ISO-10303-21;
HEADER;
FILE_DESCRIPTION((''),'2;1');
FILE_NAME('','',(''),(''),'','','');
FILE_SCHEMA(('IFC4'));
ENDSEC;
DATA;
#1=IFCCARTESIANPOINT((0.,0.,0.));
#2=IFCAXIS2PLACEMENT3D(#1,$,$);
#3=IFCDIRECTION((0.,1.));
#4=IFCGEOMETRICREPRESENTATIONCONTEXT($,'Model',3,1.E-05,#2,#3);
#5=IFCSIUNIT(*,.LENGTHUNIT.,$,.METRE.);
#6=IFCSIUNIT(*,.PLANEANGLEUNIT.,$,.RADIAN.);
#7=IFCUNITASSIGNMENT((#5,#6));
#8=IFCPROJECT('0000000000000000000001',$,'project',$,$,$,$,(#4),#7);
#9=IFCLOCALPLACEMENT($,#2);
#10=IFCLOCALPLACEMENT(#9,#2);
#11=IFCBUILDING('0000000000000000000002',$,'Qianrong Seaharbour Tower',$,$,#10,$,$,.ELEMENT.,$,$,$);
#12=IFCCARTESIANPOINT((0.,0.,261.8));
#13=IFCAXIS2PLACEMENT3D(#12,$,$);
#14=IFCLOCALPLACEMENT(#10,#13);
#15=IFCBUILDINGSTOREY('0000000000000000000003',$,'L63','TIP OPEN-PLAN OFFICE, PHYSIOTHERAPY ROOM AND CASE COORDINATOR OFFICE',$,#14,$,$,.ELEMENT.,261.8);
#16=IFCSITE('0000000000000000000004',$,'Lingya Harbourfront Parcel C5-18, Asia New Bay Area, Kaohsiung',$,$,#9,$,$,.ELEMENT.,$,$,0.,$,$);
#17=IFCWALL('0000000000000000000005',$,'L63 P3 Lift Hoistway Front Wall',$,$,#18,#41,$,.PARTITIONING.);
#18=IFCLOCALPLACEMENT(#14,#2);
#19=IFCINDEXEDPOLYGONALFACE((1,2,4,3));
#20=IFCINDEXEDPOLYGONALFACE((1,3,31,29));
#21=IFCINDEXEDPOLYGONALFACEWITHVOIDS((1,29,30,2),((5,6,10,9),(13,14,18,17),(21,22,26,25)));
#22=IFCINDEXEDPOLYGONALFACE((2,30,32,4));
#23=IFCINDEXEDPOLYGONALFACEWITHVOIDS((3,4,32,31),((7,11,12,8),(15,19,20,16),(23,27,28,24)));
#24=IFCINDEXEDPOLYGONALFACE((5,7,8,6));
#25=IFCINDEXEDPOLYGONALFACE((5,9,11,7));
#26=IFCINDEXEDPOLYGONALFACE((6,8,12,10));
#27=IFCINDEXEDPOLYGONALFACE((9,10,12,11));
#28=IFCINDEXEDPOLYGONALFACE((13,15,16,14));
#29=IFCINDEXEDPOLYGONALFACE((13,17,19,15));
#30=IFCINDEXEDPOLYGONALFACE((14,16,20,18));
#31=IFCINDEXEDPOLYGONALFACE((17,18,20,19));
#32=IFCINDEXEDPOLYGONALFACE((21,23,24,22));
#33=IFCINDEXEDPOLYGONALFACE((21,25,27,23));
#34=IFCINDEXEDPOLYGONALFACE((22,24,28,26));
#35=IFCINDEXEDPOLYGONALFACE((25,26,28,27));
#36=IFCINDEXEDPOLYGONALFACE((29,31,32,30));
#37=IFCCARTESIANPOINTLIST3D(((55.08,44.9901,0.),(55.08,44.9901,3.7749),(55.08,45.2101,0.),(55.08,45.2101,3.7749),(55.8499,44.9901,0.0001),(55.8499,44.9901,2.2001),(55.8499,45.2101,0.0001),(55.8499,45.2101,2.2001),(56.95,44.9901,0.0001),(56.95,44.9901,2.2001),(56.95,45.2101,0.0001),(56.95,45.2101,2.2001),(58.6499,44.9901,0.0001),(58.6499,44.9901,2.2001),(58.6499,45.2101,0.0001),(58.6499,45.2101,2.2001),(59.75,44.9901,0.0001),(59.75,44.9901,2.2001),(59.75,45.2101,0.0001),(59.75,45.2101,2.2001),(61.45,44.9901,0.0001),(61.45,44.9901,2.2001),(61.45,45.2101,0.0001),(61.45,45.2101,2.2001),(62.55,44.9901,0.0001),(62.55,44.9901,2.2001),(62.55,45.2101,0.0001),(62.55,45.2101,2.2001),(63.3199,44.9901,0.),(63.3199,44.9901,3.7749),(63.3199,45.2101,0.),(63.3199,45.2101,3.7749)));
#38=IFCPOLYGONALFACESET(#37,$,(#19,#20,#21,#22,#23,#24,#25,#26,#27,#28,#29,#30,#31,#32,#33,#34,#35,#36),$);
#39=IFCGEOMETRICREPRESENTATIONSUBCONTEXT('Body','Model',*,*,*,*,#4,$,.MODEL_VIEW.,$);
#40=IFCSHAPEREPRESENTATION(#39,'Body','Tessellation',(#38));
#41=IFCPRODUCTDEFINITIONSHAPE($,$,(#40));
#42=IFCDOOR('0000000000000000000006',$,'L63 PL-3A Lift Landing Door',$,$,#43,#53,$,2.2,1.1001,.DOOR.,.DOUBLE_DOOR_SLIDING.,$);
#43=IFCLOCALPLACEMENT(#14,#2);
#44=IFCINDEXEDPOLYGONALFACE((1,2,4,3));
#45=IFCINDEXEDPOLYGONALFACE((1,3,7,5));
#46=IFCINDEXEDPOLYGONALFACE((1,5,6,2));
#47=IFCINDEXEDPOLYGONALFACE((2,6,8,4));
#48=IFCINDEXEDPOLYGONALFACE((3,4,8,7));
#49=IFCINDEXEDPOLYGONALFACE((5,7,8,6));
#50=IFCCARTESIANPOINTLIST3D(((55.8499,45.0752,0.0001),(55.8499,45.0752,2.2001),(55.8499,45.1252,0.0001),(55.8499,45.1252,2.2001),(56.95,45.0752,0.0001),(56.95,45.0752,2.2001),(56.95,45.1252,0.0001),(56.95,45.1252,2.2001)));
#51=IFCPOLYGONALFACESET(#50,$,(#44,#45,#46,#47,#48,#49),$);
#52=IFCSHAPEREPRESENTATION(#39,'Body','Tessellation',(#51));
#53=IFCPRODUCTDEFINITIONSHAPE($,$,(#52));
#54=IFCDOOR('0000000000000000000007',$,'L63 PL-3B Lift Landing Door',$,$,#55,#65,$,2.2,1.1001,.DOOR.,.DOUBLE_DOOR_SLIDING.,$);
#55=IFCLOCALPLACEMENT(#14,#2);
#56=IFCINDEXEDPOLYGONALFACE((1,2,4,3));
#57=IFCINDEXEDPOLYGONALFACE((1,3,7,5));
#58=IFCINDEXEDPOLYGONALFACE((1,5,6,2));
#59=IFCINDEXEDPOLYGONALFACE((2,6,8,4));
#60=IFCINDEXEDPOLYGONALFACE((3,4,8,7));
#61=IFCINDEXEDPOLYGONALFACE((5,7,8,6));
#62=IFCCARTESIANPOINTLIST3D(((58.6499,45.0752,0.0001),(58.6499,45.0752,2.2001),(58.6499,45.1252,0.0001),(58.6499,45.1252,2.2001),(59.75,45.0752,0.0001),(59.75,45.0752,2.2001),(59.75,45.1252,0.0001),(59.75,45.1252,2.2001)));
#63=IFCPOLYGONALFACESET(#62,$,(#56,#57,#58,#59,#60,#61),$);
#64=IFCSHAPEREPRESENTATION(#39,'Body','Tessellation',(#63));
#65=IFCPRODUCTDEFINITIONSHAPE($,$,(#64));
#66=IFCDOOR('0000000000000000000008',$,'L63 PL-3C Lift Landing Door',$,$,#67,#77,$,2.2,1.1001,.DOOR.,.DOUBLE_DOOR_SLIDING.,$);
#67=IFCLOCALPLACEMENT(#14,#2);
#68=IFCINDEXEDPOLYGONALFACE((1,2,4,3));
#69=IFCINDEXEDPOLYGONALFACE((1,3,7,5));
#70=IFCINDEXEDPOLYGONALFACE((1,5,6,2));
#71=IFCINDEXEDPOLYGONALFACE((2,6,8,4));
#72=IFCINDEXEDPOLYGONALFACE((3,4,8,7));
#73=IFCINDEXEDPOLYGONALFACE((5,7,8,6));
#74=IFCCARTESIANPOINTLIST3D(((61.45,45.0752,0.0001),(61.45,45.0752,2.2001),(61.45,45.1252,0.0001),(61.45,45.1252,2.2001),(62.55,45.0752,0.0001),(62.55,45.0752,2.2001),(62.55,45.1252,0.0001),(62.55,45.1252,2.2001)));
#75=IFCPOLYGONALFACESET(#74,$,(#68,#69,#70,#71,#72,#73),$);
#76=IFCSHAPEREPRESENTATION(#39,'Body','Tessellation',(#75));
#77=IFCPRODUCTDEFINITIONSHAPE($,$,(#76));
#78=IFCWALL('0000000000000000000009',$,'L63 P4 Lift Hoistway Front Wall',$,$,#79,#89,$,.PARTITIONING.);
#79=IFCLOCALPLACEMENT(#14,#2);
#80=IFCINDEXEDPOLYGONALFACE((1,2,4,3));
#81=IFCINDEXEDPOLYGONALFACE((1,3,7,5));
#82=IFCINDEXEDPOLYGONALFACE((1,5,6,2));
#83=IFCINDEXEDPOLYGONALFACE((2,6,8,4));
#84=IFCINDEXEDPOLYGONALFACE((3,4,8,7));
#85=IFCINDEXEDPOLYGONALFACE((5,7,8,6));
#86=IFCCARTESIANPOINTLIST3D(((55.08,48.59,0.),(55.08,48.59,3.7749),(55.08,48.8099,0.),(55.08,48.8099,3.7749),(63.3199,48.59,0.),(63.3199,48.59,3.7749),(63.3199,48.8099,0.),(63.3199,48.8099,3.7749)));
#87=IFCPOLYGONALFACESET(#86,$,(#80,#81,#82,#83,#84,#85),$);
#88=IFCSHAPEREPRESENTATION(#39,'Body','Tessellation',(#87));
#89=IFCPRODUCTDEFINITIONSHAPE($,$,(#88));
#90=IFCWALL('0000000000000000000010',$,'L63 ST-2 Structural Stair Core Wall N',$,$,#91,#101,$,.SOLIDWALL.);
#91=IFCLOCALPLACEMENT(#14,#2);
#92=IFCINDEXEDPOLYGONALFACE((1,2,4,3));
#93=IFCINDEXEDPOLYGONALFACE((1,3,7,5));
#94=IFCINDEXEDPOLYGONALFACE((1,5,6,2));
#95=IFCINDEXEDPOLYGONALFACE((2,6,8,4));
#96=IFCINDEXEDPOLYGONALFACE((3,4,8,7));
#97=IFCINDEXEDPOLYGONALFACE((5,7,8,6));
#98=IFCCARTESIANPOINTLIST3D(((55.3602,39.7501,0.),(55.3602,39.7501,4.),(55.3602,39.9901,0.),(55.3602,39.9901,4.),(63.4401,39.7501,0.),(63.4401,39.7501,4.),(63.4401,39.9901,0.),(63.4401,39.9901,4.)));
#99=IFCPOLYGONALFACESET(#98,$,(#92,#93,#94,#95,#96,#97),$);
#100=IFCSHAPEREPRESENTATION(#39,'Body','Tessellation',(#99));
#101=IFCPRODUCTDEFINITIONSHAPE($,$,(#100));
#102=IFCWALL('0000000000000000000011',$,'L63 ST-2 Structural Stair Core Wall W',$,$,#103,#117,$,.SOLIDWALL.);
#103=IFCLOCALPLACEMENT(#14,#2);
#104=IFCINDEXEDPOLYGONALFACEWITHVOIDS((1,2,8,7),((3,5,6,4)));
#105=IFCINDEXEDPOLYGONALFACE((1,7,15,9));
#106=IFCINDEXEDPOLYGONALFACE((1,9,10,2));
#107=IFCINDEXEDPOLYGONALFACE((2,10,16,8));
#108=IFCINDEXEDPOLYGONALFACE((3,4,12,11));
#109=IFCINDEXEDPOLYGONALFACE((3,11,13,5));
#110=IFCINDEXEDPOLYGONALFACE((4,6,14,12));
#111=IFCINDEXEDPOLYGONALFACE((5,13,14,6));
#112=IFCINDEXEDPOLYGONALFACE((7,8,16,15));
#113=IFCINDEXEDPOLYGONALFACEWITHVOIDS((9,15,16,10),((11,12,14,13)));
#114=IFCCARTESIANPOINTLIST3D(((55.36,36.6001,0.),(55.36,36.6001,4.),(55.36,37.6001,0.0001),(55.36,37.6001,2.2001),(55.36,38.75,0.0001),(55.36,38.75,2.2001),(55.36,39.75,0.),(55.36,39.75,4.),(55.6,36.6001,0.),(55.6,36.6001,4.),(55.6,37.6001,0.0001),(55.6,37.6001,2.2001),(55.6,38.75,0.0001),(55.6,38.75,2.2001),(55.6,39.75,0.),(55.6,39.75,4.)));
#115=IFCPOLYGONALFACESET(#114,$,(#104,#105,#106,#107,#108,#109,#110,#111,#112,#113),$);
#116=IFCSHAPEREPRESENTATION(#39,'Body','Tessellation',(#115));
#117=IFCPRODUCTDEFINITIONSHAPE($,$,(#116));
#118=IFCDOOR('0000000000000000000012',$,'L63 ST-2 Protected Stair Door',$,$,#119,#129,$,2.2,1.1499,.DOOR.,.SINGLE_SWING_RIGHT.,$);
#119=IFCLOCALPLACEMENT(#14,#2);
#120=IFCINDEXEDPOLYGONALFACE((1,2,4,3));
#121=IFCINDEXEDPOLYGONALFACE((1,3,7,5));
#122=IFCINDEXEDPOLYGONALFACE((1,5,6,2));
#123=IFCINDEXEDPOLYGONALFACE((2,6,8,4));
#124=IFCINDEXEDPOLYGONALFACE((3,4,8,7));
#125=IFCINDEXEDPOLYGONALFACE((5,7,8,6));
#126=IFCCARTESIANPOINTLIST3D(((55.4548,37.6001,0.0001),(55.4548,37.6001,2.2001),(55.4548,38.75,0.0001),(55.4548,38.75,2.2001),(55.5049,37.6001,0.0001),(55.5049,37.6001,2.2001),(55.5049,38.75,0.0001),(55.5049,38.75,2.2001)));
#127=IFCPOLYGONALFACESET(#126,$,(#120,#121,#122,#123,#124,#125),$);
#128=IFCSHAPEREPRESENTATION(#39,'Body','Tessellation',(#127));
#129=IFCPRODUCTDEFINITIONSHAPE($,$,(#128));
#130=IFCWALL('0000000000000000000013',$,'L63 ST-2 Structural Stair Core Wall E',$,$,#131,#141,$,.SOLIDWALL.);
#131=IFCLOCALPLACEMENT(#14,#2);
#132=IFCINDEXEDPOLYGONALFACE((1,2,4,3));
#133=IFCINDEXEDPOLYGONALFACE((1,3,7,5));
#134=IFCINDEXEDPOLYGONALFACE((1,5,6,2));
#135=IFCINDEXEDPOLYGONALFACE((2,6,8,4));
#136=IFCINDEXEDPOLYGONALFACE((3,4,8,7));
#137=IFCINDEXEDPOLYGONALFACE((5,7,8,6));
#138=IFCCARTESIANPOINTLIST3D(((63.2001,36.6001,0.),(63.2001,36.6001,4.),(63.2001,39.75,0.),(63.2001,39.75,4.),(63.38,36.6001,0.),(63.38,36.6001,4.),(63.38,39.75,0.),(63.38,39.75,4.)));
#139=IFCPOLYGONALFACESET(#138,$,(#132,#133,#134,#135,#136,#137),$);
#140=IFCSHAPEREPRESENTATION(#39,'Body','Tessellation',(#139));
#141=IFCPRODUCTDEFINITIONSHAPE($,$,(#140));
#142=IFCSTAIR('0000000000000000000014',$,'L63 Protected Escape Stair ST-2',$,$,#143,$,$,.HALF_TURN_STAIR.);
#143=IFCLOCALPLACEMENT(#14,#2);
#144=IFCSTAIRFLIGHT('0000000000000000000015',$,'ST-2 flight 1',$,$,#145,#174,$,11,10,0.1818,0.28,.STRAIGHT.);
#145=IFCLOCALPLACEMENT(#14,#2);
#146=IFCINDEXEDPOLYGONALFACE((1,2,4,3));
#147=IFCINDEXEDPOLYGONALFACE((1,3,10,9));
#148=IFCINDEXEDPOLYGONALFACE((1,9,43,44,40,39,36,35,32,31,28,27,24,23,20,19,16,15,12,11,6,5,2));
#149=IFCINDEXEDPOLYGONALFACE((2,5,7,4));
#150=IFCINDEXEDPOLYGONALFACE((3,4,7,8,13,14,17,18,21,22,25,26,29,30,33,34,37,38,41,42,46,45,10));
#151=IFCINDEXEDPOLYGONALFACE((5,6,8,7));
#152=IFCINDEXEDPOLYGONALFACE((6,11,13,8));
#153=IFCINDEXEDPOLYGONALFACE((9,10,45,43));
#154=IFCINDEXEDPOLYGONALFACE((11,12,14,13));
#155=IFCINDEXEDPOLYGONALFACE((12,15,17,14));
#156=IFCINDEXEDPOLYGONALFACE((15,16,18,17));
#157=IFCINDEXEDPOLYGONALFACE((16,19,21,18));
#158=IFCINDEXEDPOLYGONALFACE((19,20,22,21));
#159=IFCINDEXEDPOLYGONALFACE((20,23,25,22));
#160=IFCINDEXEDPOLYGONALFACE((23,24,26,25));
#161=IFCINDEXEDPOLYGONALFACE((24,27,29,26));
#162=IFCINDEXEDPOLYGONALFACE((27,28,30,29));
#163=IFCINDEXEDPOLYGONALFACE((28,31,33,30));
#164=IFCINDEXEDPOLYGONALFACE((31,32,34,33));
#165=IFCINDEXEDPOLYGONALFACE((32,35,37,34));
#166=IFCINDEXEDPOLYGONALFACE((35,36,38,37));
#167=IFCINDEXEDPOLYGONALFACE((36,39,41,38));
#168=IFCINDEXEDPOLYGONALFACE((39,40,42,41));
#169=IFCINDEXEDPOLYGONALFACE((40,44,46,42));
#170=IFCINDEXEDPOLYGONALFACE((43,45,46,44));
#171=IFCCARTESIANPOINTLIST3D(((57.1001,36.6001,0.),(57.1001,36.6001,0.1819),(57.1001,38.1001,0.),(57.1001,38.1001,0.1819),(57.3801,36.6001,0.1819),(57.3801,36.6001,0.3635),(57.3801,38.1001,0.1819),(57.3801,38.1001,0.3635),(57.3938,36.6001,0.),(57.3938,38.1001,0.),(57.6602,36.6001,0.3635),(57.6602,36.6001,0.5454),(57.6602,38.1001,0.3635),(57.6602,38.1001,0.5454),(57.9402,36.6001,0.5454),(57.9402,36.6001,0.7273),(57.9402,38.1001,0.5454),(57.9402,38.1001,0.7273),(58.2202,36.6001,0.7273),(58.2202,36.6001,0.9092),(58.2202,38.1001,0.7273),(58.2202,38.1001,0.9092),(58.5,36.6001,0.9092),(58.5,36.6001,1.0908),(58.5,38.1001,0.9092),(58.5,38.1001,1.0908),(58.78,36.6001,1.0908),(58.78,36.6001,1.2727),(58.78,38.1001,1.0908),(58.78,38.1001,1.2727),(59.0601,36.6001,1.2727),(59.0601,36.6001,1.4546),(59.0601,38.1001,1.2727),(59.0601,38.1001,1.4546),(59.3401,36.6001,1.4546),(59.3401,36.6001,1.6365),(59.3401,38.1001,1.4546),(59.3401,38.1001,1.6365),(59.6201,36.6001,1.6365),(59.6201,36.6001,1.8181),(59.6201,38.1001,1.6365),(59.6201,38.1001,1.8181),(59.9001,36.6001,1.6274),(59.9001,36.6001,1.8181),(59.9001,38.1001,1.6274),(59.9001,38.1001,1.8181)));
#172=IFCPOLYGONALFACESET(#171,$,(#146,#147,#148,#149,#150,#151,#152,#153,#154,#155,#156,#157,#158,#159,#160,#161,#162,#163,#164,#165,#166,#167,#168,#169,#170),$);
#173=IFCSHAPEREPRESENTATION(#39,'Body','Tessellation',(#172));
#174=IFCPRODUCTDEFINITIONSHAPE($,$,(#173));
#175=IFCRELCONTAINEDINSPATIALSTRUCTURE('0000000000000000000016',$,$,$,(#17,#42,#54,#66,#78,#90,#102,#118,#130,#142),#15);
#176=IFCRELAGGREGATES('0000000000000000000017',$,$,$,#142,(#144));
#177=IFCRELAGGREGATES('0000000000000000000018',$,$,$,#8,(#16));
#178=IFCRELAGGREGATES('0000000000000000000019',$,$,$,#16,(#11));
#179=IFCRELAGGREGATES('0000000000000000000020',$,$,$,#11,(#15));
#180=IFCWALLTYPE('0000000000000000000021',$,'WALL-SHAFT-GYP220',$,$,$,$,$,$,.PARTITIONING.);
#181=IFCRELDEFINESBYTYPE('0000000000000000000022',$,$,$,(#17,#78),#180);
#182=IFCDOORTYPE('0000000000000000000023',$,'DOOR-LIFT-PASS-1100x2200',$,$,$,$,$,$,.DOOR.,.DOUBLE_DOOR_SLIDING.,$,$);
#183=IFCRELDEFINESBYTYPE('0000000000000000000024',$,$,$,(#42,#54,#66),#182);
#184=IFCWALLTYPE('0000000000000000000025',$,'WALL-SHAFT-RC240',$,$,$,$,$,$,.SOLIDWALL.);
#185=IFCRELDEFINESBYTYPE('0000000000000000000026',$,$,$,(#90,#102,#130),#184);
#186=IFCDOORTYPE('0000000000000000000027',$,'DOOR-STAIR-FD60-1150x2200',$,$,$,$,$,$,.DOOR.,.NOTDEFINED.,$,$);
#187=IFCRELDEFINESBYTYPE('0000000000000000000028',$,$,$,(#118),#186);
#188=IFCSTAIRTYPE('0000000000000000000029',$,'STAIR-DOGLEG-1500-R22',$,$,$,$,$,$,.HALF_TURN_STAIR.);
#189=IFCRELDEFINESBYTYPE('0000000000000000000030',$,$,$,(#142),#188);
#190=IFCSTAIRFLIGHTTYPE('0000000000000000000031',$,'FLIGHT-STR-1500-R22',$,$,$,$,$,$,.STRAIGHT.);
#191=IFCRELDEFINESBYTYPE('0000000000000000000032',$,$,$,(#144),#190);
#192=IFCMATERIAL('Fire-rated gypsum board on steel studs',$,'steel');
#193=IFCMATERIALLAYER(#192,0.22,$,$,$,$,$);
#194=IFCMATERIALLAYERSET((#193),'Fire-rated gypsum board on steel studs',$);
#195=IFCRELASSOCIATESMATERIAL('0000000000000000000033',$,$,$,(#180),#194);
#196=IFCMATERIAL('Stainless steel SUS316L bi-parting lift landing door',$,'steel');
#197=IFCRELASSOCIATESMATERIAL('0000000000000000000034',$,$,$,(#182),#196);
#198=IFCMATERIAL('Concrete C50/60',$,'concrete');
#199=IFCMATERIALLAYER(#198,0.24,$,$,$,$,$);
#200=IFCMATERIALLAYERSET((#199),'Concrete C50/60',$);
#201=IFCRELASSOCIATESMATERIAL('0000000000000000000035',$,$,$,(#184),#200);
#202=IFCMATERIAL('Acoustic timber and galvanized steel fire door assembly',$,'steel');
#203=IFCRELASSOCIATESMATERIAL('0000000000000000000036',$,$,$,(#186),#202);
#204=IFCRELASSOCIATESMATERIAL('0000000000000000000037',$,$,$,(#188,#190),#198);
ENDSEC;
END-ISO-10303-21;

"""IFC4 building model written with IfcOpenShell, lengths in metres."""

from ifc_helpers import new_model, si_unit, direction, frame, frame_2d, origin, place, context, subcontext, project, spatial, polyline, rectangle, outline, extrude, material, layer, layer_set, type_object, element, fill, aggregate, save


model = new_model("IFC4")

# Units and contexts
model_context = context("Model", 3, precision=1e-05, world=origin(), true_north=direction((0.0, 1.0)))
body_context = subcontext(model_context, "Body", "Model", "MODEL_VIEW")
ifc_project = project(units=[si_unit("LENGTHUNIT", "METRE"), si_unit("PLANEANGLEUNIT", "RADIAN")], contexts=[model_context])

# Site, building, storey
site_placement = place(None, origin())
site = spatial("IfcSite", under=ifc_project, at=site_placement, Name="Lingya Harbourfront Parcel C5-18, Asia New Bay Area, Kaohsiung", CompositionType="ELEMENT", RefElevation=0.0)
building_placement = place(site_placement, origin())
building = spatial("IfcBuilding", under=site, at=building_placement, Name="Qianrong Seaharbour Tower", CompositionType="ELEMENT")
storey_placement = place(building_placement, frame((0.0, 0.0, 261.8)))
storey = spatial("IfcBuildingStorey", under=building, at=storey_placement, Name="L63", Description="TIP OPEN-PLAN OFFICE, PHYSIOTHERAPY ROOM AND CASE COORDINATOR OFFICE", CompositionType="ELEMENT", Elevation=261.8)

# Shared definitions
ifc_material_1 = material(Name="Acoustic timber and galvanized steel fire door assembly", Category="steel")

# Shared definitions
ifc_material_2 = material(Name="Fire-rated gypsum board on steel studs", Category="steel")

# Wall, openings, doors
ifc_layer_1 = layer(ifc_material_2, 0.22)
ifc_layer_set_1 = layer_set([ifc_layer_1], Name="Fire-rated gypsum board on steel studs")
wall_type_1 = type_object("IfcWallType", Name="WALL-SHAFT-GYP220", PredefinedType="PARTITIONING", material=ifc_layer_set_1)
wall_1_placement = place(storey_placement, frame((63.3201, 45.1001, 0.0), z_axis=(0.0, 0.0, 1.0), x_axis=(-1.0, 0.0, 0.0)))
wall_1 = element("IfcWall", 1, at=wall_1_placement, inside=storey, type_object=wall_type_1, Name="L63 P3 Lift Hoistway Front Wall", PredefinedType="PARTITIONING", context=body_context, shape_type="SweptSolid", body=[
    extrude(rectangle(XDim=8.24, YDim=0.22, at=frame_2d((4.1201, 0.0))), origin(), (0.0, 0.0, 1.0), 3.7749),
])
opening_1_placement = place(wall_1_placement, frame((6.3701, 0.0, 0.0)))
opening_1 = element("IfcOpeningElement", 2, at=opening_1_placement, cuts=wall_1, PredefinedType="OPENING", context=body_context, shape_type="SweptSolid", body=[
    extrude(rectangle(XDim=1.1001, YDim=2.2, at=frame_2d((0.55, 1.1001))), frame((0.0, 0.1201, 0.0), z_axis=(0.0, -1.0, 0.0), x_axis=(1.0, 0.0, 0.0)), (0.0, 0.0, 1.0), 0.24),
])
opening_2_placement = place(wall_1_placement, frame((3.5701, 0.0, 0.0)))
opening_2 = element("IfcOpeningElement", 3, at=opening_2_placement, cuts=wall_1, PredefinedType="OPENING", context=body_context, shape_type="SweptSolid", body=[
    extrude(rectangle(XDim=1.1001, YDim=2.2, at=frame_2d((0.55, 1.1001))), frame((0.0, 0.1201, 0.0), z_axis=(0.0, -1.0, 0.0), x_axis=(1.0, 0.0, 0.0)), (0.0, 0.0, 1.0), 0.24),
])
opening_3_placement = place(wall_1_placement, frame((0.77, 0.0, 0.0)))
opening_3 = element("IfcOpeningElement", 4, at=opening_3_placement, cuts=wall_1, PredefinedType="OPENING", context=body_context, shape_type="SweptSolid", body=[
    extrude(rectangle(XDim=1.1001, YDim=2.2, at=frame_2d((0.55, 1.1001))), frame((0.0, 0.1201, 0.0), z_axis=(0.0, -1.0, 0.0), x_axis=(1.0, 0.0, 0.0)), (0.0, 0.0, 1.0), 0.24),
])
ifc_material_3 = material(Name="Stainless steel SUS316L bi-parting lift landing door", Category="steel")
door_type_1 = type_object("IfcDoorType", Name="DOOR-LIFT-PASS-1100x2200", OperationType="DOUBLE_DOOR_SLIDING", PredefinedType="DOOR", material=ifc_material_3)
door_1_placement = place(opening_1_placement, origin())
door_1 = element("IfcDoor", 5, at=door_1_placement, inside=storey, type_object=door_type_1, Name="L63 PL-3A Lift Landing Door", OperationType="DOUBLE_DOOR_SLIDING", OverallHeight=2.2, OverallWidth=1.1001, PredefinedType="DOOR", context=body_context, shape_type="SweptSolid", body=[
    extrude(rectangle(XDim=1.1001, YDim=2.2, at=frame_2d((0.55, 1.1001))), frame((0.0, 0.0249, 0.0), z_axis=(0.0, -1.0, 0.0), x_axis=(1.0, 0.0, 0.0)), (0.0, 0.0, 1.0), 0.05),
])
fill(opening_1, door_1)
door_2_placement = place(opening_2_placement, origin())
door_2 = element("IfcDoor", 6, at=door_2_placement, inside=storey, type_object=door_type_1, Name="L63 PL-3B Lift Landing Door", OperationType="DOUBLE_DOOR_SLIDING", OverallHeight=2.2, OverallWidth=1.1001, PredefinedType="DOOR", context=body_context, shape_type="SweptSolid", body=[
    extrude(rectangle(XDim=1.1001, YDim=2.2, at=frame_2d((0.55, 1.1001))), frame((0.0, 0.0249, 0.0), z_axis=(0.0, -1.0, 0.0), x_axis=(1.0, 0.0, 0.0)), (0.0, 0.0, 1.0), 0.05),
])
fill(opening_2, door_2)
door_3_placement = place(opening_3_placement, origin())
door_3 = element("IfcDoor", 7, at=door_3_placement, inside=storey, type_object=door_type_1, Name="L63 PL-3C Lift Landing Door", OperationType="DOUBLE_DOOR_SLIDING", OverallHeight=2.2, OverallWidth=1.1001, PredefinedType="DOOR", context=body_context, shape_type="SweptSolid", body=[
    extrude(rectangle(XDim=1.1001, YDim=2.2, at=frame_2d((0.55, 1.1001))), frame((0.0, 0.0249, 0.0), z_axis=(0.0, -1.0, 0.0), x_axis=(1.0, 0.0, 0.0)), (0.0, 0.0, 1.0), 0.05),
])
fill(opening_3, door_3)

# Walls
wall_2_placement = place(storey_placement, frame((63.3201, 48.7, 0.0), z_axis=(0.0, 0.0, 1.0), x_axis=(-1.0, 0.0, 0.0)))
element("IfcWall", 8, at=wall_2_placement, inside=storey, type_object=wall_type_1, Name="L63 P4 Lift Hoistway Front Wall", PredefinedType="PARTITIONING", context=body_context, shape_type="SweptSolid", body=[
    extrude(rectangle(XDim=8.24, YDim=0.22, at=frame_2d((4.1201, 0.0))), origin(), (0.0, 0.0, 1.0), 3.7749),
])
ifc_material_4 = material(Name="Concrete C50/60", Category="concrete")
ifc_layer_2 = layer(ifc_material_4, 0.24)
ifc_layer_set_2 = layer_set([ifc_layer_2], Name="Concrete C50/60")
wall_type_2 = type_object("IfcWallType", Name="WALL-SHAFT-RC240", PredefinedType="SOLIDWALL", material=ifc_layer_set_2)
wall_3_placement = place(storey_placement, frame((55.3601, 39.8701, 0.0), z_axis=(0.0, 0.0, 1.0), x_axis=(1.0, 0.0, 0.0)))
element("IfcWall", 9, at=wall_3_placement, inside=storey, type_object=wall_type_2, Name="L63 ST-2 Structural Stair Core Wall N", PredefinedType="SOLIDWALL", context=body_context, shape_type="SweptSolid", body=[
    extrude(rectangle(XDim=8.0798, YDim=0.24, at=frame_2d((4.04, 0.0))), origin(), (0.0, 0.0, 1.0), 4.0),
])

# Wall, opening, door
wall_4_placement = place(storey_placement, frame((55.48, 39.75, 0.0), z_axis=(0.0, 0.0, 1.0), x_axis=(0.0, -1.0, 0.0)))
wall_4 = element("IfcWall", 10, at=wall_4_placement, inside=storey, type_object=wall_type_2, Name="L63 ST-2 Structural Stair Core Wall W", PredefinedType="SOLIDWALL", context=body_context, shape_type="SweptSolid", body=[
    extrude(rectangle(XDim=3.1499, YDim=0.24, at=frame_2d((1.575, 0.0))), origin(), (0.0, 0.0, 1.0), 4.0),
])
opening_4_placement = place(wall_4_placement, frame((1.0, 0.0, 0.0)))
opening_4 = element("IfcOpeningElement", 11, at=opening_4_placement, cuts=wall_4, PredefinedType="OPENING", context=body_context, shape_type="SweptSolid", body=[
    extrude(rectangle(XDim=1.1499, YDim=2.2, at=frame_2d((0.575, 1.1001))), frame((0.0, 0.1299, 0.0), z_axis=(0.0, -1.0, 0.0), x_axis=(1.0, 0.0, 0.0)), (0.0, 0.0, 1.0), 0.26),
])
door_type_2 = type_object("IfcDoorType", Name="DOOR-STAIR-FD60-1150x2200", OperationType="NOTDEFINED", PredefinedType="DOOR", material=ifc_material_1)
door_4_placement = place(opening_4_placement, origin())
door_4 = element("IfcDoor", 12, at=door_4_placement, inside=storey, type_object=door_type_2, Name="L63 ST-2 Protected Stair Door", OperationType="SINGLE_SWING_RIGHT", OverallHeight=2.2, OverallWidth=1.1499, PredefinedType="DOOR", context=body_context, shape_type="SweptSolid", body=[
    extrude(rectangle(XDim=1.1499, YDim=2.2, at=frame_2d((0.575, 1.1001))), frame((0.0, 0.0249, 0.0), z_axis=(0.0, -1.0, 0.0), x_axis=(1.0, 0.0, 0.0)), (0.0, 0.0, 1.0), 0.05),
])
fill(opening_4, door_4)

# Wall
wall_5_placement = place(storey_placement, frame((63.29, 36.6001, 0.0), z_axis=(0.0, 0.0, 1.0), x_axis=(0.0, 1.0, 0.0)))
element("IfcWall", 13, at=wall_5_placement, inside=storey, type_object=wall_type_2, Name="L63 ST-2 Structural Stair Core Wall E", PredefinedType="SOLIDWALL", context=body_context, shape_type="SweptSolid", body=[
    extrude(rectangle(XDim=3.1499, YDim=0.1799, at=frame_2d((1.575, 0.0))), origin(), (0.0, 0.0, 1.0), 4.0),
])

# Stair, stair flight
stair_type = type_object("IfcStairType", Name="STAIR-DOGLEG-1500-R22", PredefinedType="HALF_TURN_STAIR", material=ifc_material_4)
stair_placement = place(storey_placement, origin())
stair = element("IfcStair", 14, at=stair_placement, inside=storey, type_object=stair_type, Name="L63 Protected Escape Stair ST-2", PredefinedType="HALF_TURN_STAIR")
stair_flight_type = type_object("IfcStairFlightType", Name="FLIGHT-STR-1500-R22", PredefinedType="STRAIGHT", material=ifc_material_4)
stair_flight_1_placement = place(storey_placement, frame((57.1001, 37.3501, 0.0), z_axis=(0.0, 0.0, 1.0), x_axis=(1.0, 0.0, 0.0)))
stair_flight_1 = element("IfcStairFlight", 15, at=stair_flight_1_placement, type_object=stair_flight_type, Name="ST-2 flight 1", NumberOfRisers=11, NumberOfTreads=10, PredefinedType="STRAIGHT", RiserHeight=0.1818, TreadLength=0.28, context=body_context, shape_type="SweptSolid", body=[
    extrude(outline(polyline([(0.0, 0.0), (0.0, 0.1819), (0.28, 0.1819), (0.28, 0.3635), (0.5601, 0.3635), (0.5601, 0.5454), (0.8401, 0.5454), (0.8401, 0.7273), (1.1201, 0.7273), (1.1201, 0.9092), (1.3999, 0.9092), (1.3999, 1.0908), (1.6799, 1.0908), (1.6799, 1.2727), (1.96, 1.2727), (1.96, 1.4546), (2.24, 1.4546), (2.24, 1.6365), (2.52, 1.6365), (2.52, 1.8181), (2.8, 1.8181), (2.8, 2.0), (2.8, 1.6274), (0.2937, 0.0), (0.0, 0.0)])), frame((0.0, 0.75, 0.0), z_axis=(0.0, -1.0, 0.0), x_axis=(1.0, 0.0, 0.0)), (0.0, 0.0, 1.0), 1.5),
])
aggregate(stair, [stair_flight_1])

save(model, "model.ifc")
